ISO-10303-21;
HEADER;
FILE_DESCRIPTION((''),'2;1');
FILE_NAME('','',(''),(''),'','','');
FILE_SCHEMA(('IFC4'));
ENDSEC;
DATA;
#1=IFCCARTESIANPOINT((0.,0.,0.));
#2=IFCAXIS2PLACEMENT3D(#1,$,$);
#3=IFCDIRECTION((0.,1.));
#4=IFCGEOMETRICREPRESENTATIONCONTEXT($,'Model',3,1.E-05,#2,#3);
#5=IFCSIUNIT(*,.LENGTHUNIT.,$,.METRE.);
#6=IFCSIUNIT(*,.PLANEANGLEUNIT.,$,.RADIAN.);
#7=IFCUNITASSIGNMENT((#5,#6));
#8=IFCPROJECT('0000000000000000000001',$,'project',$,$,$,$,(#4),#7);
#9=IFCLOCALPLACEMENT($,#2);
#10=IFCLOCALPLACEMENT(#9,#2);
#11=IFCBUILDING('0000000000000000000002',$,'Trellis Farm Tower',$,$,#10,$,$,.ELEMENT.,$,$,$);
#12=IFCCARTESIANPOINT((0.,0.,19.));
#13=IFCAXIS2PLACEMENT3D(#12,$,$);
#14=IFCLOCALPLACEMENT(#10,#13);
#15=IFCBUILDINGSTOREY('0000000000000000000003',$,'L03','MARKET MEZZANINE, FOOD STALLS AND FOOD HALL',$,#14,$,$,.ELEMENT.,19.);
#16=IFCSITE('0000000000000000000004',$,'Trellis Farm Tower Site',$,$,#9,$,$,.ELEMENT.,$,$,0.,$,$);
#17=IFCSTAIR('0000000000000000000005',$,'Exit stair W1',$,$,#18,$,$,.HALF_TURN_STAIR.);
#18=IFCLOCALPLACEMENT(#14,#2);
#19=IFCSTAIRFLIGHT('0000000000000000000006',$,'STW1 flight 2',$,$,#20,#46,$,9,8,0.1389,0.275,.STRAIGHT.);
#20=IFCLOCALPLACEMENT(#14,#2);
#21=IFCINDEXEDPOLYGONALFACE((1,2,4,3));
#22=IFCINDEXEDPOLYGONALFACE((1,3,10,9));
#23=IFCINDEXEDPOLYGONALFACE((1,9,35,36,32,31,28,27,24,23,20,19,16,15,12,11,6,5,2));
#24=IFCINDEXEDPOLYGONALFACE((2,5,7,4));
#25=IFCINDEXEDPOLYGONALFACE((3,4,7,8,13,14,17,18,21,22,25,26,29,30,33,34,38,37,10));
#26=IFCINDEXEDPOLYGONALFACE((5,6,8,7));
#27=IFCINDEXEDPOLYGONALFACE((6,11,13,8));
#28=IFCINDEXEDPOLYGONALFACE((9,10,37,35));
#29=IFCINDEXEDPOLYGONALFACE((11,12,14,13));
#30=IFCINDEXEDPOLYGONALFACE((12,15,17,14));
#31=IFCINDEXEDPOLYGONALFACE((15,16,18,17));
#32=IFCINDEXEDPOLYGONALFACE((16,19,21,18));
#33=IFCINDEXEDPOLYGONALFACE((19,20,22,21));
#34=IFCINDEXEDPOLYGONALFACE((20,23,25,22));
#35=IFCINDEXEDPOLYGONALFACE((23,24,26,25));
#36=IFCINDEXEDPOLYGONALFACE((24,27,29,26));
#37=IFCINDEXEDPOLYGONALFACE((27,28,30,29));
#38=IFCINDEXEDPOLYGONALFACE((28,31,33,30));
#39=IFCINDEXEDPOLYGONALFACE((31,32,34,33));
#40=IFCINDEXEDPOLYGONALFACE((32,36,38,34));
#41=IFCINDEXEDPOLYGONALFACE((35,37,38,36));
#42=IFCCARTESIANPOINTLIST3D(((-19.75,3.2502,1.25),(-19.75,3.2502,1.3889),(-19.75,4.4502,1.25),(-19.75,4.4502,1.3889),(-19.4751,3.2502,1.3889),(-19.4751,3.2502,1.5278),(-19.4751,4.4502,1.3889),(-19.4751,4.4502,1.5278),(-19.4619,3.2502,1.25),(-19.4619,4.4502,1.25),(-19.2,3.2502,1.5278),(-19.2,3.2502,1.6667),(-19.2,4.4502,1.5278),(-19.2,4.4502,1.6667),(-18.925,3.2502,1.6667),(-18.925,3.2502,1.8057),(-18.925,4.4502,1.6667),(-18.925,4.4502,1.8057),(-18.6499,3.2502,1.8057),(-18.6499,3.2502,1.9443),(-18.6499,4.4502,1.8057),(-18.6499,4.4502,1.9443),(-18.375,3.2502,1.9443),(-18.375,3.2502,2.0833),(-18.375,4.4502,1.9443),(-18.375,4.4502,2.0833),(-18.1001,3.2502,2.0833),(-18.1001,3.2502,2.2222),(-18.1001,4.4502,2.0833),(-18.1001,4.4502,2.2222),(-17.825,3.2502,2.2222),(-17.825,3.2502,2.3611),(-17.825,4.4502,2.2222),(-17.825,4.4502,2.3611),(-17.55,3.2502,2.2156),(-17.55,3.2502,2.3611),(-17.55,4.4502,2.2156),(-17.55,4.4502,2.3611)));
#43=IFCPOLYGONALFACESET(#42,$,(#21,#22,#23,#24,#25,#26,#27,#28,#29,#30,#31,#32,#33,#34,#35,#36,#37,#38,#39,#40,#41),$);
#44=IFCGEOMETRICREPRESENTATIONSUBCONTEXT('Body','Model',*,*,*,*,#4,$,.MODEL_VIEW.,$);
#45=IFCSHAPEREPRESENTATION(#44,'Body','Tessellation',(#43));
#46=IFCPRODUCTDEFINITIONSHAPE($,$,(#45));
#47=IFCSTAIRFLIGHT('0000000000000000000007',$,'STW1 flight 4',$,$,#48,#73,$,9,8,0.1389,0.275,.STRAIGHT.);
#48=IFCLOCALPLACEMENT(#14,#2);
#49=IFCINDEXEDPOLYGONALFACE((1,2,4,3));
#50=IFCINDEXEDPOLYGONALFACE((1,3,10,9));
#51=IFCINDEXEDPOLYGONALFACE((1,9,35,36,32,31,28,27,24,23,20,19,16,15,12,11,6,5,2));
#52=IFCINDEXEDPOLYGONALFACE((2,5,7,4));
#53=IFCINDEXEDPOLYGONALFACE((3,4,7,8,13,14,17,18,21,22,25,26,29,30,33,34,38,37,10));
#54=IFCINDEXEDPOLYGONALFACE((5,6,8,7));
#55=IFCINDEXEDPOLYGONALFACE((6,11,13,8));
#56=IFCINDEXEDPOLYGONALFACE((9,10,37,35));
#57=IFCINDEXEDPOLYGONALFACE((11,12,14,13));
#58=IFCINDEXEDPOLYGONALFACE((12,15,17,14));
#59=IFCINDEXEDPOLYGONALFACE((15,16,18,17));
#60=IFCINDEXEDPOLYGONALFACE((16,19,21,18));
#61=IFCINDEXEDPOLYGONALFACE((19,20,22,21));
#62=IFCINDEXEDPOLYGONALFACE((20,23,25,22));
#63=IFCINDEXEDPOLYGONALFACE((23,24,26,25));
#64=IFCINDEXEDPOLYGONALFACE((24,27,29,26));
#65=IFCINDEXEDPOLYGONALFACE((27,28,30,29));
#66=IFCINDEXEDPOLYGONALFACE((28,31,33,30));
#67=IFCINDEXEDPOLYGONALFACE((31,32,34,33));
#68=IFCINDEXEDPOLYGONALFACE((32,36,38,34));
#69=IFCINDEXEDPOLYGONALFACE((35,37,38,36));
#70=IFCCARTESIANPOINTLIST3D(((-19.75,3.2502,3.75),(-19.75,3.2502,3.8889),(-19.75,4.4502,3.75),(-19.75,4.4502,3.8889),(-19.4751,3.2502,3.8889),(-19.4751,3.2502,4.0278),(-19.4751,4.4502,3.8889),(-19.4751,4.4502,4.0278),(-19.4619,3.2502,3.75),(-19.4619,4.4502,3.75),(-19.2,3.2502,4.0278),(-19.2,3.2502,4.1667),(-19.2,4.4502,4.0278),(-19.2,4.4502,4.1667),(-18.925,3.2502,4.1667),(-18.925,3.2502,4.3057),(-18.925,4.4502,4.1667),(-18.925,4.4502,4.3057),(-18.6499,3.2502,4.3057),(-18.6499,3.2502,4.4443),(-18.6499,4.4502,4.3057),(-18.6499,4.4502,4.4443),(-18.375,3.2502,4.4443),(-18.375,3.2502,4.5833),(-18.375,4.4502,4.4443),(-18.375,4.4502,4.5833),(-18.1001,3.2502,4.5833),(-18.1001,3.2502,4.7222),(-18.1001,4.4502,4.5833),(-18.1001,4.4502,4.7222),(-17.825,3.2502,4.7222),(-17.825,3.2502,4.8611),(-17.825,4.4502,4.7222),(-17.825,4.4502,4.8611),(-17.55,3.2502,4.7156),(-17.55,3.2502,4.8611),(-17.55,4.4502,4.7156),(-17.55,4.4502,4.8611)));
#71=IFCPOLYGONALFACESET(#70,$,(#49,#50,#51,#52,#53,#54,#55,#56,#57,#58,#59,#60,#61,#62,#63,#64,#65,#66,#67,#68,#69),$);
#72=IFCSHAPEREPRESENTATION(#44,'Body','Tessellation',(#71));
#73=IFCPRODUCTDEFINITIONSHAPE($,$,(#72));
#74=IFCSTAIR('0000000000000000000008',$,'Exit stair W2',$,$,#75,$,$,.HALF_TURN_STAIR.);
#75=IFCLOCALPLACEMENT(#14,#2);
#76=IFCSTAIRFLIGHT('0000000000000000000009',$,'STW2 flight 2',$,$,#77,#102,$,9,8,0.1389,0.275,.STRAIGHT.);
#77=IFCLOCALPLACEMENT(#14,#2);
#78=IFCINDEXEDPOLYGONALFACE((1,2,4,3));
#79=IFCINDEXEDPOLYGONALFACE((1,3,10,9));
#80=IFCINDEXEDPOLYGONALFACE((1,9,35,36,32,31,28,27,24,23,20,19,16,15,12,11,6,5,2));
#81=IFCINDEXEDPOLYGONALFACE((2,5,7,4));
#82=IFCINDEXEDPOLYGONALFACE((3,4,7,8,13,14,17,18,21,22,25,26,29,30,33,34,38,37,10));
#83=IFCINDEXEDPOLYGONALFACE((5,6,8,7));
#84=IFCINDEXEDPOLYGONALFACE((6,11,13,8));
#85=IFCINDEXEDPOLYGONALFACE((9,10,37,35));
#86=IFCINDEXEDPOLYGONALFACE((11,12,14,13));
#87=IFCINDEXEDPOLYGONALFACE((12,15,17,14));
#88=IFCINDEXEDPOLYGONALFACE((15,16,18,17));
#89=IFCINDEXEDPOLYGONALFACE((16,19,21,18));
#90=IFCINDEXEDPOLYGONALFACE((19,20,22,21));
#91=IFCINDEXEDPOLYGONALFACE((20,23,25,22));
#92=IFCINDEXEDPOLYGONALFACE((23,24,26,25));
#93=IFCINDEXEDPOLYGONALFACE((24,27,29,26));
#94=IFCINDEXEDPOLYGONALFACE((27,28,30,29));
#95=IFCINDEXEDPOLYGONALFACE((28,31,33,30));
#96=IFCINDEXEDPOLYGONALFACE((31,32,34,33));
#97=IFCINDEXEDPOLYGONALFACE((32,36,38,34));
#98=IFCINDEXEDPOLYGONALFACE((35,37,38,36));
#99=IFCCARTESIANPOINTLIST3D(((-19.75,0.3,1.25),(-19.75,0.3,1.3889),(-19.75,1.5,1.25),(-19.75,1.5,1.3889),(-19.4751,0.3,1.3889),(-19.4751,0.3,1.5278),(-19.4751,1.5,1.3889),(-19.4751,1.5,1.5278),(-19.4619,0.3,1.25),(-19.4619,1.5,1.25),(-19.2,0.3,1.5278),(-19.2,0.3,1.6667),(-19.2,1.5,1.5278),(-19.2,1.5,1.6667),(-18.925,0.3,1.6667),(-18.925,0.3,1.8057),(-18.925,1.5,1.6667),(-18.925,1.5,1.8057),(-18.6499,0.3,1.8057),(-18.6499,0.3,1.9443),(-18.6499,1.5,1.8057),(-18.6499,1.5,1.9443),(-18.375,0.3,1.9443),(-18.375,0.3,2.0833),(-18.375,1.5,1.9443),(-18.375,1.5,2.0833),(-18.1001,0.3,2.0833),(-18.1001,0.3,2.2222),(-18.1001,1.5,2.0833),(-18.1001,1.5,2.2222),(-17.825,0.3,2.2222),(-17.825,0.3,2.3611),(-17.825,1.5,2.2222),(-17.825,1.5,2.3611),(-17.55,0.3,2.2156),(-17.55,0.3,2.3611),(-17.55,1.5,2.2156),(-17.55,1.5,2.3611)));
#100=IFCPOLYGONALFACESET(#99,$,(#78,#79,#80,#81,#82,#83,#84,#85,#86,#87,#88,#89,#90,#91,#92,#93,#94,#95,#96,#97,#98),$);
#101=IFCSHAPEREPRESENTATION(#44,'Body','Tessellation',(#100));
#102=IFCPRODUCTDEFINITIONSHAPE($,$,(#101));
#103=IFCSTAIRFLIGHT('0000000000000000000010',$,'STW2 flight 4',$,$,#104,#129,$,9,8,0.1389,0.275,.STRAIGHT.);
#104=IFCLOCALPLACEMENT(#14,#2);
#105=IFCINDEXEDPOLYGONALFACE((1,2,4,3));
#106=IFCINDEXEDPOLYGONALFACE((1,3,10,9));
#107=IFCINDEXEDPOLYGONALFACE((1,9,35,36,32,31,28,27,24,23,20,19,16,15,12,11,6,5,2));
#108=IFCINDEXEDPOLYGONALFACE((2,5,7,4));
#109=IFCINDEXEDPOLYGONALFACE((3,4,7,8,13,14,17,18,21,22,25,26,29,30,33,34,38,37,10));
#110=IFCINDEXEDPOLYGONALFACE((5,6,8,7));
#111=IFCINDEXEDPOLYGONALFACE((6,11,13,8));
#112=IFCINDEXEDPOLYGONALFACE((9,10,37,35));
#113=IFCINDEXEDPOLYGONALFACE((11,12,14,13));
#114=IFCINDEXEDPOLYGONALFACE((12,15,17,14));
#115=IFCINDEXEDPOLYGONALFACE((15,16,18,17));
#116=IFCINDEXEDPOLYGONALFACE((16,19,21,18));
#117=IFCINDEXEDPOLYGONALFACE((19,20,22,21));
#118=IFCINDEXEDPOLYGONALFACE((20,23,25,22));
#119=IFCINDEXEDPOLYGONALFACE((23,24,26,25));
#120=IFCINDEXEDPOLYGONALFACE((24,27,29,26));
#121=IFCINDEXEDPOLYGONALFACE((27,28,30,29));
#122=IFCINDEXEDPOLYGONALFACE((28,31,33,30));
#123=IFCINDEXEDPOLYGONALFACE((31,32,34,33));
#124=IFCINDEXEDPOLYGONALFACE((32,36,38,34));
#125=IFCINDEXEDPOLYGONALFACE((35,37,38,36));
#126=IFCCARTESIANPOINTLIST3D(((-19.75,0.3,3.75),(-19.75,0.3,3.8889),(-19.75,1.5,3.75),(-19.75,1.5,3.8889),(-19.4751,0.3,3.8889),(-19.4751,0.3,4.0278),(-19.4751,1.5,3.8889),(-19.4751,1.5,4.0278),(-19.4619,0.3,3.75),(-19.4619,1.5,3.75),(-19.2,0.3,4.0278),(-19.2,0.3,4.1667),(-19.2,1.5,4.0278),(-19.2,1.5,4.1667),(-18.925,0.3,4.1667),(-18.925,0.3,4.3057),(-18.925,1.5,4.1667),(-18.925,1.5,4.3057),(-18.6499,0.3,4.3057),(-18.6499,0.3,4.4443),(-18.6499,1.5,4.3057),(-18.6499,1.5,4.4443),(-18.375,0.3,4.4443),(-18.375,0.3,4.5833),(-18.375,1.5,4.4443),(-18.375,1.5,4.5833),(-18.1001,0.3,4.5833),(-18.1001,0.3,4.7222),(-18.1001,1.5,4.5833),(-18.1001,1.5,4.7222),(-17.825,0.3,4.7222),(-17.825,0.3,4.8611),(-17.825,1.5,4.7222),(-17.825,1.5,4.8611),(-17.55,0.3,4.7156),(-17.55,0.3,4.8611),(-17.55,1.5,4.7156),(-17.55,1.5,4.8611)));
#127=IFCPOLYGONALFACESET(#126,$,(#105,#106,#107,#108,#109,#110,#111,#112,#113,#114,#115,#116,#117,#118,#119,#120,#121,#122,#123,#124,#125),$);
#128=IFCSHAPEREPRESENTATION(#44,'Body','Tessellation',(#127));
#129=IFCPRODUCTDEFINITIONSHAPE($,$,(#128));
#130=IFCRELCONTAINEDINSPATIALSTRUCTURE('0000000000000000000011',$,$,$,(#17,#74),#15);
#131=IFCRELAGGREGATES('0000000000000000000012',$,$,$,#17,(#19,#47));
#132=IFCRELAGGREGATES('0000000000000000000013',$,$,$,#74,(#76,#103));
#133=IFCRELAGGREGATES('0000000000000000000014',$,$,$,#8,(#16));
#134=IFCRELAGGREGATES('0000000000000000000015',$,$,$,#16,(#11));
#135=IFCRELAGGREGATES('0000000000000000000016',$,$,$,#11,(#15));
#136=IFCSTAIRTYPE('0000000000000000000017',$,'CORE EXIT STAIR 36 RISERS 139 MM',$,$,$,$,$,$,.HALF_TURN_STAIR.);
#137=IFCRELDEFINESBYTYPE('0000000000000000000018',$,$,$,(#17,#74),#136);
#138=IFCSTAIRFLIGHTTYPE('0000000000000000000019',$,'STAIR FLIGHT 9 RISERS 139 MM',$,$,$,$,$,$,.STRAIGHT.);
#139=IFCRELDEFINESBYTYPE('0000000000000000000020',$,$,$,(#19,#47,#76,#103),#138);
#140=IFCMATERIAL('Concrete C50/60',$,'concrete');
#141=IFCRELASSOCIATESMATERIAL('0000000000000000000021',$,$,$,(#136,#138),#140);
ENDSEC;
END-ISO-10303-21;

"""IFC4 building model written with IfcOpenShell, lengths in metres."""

from ifc_helpers import new_model, si_unit, direction, frame, origin, place, context, subcontext, project, spatial, polyline, outline, extrude, source, transform, mapped, material, type_object, element, aggregate, save


model = new_model("IFC4")

# Units and contexts
model_context = context("Model", 3, precision=1e-05, world=origin(), true_north=direction((0.0, 1.0)))
body_context = subcontext(model_context, "Body", "Model", "MODEL_VIEW")
ifc_project = project(units=[si_unit("LENGTHUNIT", "METRE"), si_unit("PLANEANGLEUNIT", "RADIAN")], contexts=[model_context])

# Site, building, storey
site_placement = place(None, origin())
site = spatial("IfcSite", under=ifc_project, at=site_placement, Name="Trellis Farm Tower Site", CompositionType="ELEMENT", RefElevation=0.0)
building_placement = place(site_placement, origin())
building = spatial("IfcBuilding", under=site, at=building_placement, Name="Trellis Farm Tower", CompositionType="ELEMENT")
storey_placement = place(building_placement, frame((0.0, 0.0, 19.0)))
storey = spatial("IfcBuildingStorey", under=building, at=storey_placement, Name="L03", Description="MARKET MEZZANINE, FOOD STALLS AND FOOD HALL", CompositionType="ELEMENT", Elevation=19.0)

# Stairs, stair flights
ifc_material_1 = material(Name="Concrete C50/60", Category="concrete")
stair_type = type_object("IfcStairType", Name="CORE EXIT STAIR 36 RISERS 139 MM", PredefinedType="HALF_TURN_STAIR", material=ifc_material_1)
placement = place(storey_placement, origin())
stair_1 = element("IfcStair", 1, at=placement, inside=storey, type_object=stair_type, Name="Exit stair W1", PredefinedType="HALF_TURN_STAIR")
stair_flight_type = type_object("IfcStairFlightType", Name="STAIR FLIGHT 9 RISERS 139 MM", PredefinedType="STRAIGHT", material=ifc_material_1)
shared_shape_1 = source(origin(), body_context, "Body", "SweptSolid", [
    extrude(outline(polyline([(0.0, 0.0), (0.0, 0.1389), (0.2749, 0.1389), (0.2749, 0.2778), (0.55, 0.2778), (0.55, 0.4167), (0.825, 0.4167), (0.825, 0.5557), (1.1001, 0.5557), (1.1001, 0.6943), (1.375, 0.6943), (1.375, 0.8333), (1.6499, 0.8333), (1.6499, 0.9722), (1.925, 0.9722), (1.925, 1.1111), (2.2, 1.1111), (2.2, 1.25), (2.2, 0.9656), (0.2881, 0.0), (0.0, 0.0)])), frame((0.0, 0.6001, 0.0), z_axis=(0.0, -1.0, 0.0), x_axis=(1.0, 0.0, 0.0)), (0.0, 0.0, 1.0), 1.2),
])
stair_flight_1_placement = place(storey_placement, frame((-19.75, 3.8501, 1.25), z_axis=(0.0, 0.0, 1.0), x_axis=(1.0, 0.0, 0.0)))
stair_flight_1 = element("IfcStairFlight", 2, at=stair_flight_1_placement, type_object=stair_flight_type, Name="STW1 flight 2", NumberOfRisers=9, NumberOfTreads=8, PredefinedType="STRAIGHT", RiserHeight=0.1389, TreadLength=0.275, context=body_context, shape_type="MappedRepresentation", body=[
    mapped(shared_shape_1, transform((0.0, 0.0, 0.0))),
])
stair_flight_2_placement = place(storey_placement, frame((-19.75, 3.8501, 3.75), z_axis=(0.0, 0.0, 1.0), x_axis=(1.0, 0.0, 0.0)))
stair_flight_2 = element("IfcStairFlight", 3, at=stair_flight_2_placement, type_object=stair_flight_type, Name="STW1 flight 4", NumberOfRisers=9, NumberOfTreads=8, PredefinedType="STRAIGHT", RiserHeight=0.1389, TreadLength=0.275, context=body_context, shape_type="MappedRepresentation", body=[
    mapped(shared_shape_1, transform((0.0, 0.0, 0.0))),
])
aggregate(stair_1, [stair_flight_1, stair_flight_2])
stair_2 = element("IfcStair", 4, at=placement, inside=storey, type_object=stair_type, Name="Exit stair W2", PredefinedType="HALF_TURN_STAIR")
stair_flight_3_placement = place(storey_placement, frame((-19.75, 0.8999, 1.25), z_axis=(0.0, 0.0, 1.0), x_axis=(1.0, 0.0, 0.0)))
stair_flight_3 = element("IfcStairFlight", 5, at=stair_flight_3_placement, type_object=stair_flight_type, Name="STW2 flight 2", NumberOfRisers=9, NumberOfTreads=8, PredefinedType="STRAIGHT", RiserHeight=0.1389, TreadLength=0.275, context=body_context, shape_type="MappedRepresentation", body=[
    mapped(shared_shape_1, transform((0.0, 0.0, 0.0))),
])
stair_flight_4_placement = place(storey_placement, frame((-19.75, 0.8999, 3.75), z_axis=(0.0, 0.0, 1.0), x_axis=(1.0, 0.0, 0.0)))
stair_flight_4 = element("IfcStairFlight", 6, at=stair_flight_4_placement, type_object=stair_flight_type, Name="STW2 flight 4", NumberOfRisers=9, NumberOfTreads=8, PredefinedType="STRAIGHT", RiserHeight=0.1389, TreadLength=0.275, context=body_context, shape_type="MappedRepresentation", body=[
    mapped(shared_shape_1, transform((0.0, 0.0, 0.0))),
])
aggregate(stair_2, [stair_flight_3, stair_flight_4])

save(model, "model.ifc")
